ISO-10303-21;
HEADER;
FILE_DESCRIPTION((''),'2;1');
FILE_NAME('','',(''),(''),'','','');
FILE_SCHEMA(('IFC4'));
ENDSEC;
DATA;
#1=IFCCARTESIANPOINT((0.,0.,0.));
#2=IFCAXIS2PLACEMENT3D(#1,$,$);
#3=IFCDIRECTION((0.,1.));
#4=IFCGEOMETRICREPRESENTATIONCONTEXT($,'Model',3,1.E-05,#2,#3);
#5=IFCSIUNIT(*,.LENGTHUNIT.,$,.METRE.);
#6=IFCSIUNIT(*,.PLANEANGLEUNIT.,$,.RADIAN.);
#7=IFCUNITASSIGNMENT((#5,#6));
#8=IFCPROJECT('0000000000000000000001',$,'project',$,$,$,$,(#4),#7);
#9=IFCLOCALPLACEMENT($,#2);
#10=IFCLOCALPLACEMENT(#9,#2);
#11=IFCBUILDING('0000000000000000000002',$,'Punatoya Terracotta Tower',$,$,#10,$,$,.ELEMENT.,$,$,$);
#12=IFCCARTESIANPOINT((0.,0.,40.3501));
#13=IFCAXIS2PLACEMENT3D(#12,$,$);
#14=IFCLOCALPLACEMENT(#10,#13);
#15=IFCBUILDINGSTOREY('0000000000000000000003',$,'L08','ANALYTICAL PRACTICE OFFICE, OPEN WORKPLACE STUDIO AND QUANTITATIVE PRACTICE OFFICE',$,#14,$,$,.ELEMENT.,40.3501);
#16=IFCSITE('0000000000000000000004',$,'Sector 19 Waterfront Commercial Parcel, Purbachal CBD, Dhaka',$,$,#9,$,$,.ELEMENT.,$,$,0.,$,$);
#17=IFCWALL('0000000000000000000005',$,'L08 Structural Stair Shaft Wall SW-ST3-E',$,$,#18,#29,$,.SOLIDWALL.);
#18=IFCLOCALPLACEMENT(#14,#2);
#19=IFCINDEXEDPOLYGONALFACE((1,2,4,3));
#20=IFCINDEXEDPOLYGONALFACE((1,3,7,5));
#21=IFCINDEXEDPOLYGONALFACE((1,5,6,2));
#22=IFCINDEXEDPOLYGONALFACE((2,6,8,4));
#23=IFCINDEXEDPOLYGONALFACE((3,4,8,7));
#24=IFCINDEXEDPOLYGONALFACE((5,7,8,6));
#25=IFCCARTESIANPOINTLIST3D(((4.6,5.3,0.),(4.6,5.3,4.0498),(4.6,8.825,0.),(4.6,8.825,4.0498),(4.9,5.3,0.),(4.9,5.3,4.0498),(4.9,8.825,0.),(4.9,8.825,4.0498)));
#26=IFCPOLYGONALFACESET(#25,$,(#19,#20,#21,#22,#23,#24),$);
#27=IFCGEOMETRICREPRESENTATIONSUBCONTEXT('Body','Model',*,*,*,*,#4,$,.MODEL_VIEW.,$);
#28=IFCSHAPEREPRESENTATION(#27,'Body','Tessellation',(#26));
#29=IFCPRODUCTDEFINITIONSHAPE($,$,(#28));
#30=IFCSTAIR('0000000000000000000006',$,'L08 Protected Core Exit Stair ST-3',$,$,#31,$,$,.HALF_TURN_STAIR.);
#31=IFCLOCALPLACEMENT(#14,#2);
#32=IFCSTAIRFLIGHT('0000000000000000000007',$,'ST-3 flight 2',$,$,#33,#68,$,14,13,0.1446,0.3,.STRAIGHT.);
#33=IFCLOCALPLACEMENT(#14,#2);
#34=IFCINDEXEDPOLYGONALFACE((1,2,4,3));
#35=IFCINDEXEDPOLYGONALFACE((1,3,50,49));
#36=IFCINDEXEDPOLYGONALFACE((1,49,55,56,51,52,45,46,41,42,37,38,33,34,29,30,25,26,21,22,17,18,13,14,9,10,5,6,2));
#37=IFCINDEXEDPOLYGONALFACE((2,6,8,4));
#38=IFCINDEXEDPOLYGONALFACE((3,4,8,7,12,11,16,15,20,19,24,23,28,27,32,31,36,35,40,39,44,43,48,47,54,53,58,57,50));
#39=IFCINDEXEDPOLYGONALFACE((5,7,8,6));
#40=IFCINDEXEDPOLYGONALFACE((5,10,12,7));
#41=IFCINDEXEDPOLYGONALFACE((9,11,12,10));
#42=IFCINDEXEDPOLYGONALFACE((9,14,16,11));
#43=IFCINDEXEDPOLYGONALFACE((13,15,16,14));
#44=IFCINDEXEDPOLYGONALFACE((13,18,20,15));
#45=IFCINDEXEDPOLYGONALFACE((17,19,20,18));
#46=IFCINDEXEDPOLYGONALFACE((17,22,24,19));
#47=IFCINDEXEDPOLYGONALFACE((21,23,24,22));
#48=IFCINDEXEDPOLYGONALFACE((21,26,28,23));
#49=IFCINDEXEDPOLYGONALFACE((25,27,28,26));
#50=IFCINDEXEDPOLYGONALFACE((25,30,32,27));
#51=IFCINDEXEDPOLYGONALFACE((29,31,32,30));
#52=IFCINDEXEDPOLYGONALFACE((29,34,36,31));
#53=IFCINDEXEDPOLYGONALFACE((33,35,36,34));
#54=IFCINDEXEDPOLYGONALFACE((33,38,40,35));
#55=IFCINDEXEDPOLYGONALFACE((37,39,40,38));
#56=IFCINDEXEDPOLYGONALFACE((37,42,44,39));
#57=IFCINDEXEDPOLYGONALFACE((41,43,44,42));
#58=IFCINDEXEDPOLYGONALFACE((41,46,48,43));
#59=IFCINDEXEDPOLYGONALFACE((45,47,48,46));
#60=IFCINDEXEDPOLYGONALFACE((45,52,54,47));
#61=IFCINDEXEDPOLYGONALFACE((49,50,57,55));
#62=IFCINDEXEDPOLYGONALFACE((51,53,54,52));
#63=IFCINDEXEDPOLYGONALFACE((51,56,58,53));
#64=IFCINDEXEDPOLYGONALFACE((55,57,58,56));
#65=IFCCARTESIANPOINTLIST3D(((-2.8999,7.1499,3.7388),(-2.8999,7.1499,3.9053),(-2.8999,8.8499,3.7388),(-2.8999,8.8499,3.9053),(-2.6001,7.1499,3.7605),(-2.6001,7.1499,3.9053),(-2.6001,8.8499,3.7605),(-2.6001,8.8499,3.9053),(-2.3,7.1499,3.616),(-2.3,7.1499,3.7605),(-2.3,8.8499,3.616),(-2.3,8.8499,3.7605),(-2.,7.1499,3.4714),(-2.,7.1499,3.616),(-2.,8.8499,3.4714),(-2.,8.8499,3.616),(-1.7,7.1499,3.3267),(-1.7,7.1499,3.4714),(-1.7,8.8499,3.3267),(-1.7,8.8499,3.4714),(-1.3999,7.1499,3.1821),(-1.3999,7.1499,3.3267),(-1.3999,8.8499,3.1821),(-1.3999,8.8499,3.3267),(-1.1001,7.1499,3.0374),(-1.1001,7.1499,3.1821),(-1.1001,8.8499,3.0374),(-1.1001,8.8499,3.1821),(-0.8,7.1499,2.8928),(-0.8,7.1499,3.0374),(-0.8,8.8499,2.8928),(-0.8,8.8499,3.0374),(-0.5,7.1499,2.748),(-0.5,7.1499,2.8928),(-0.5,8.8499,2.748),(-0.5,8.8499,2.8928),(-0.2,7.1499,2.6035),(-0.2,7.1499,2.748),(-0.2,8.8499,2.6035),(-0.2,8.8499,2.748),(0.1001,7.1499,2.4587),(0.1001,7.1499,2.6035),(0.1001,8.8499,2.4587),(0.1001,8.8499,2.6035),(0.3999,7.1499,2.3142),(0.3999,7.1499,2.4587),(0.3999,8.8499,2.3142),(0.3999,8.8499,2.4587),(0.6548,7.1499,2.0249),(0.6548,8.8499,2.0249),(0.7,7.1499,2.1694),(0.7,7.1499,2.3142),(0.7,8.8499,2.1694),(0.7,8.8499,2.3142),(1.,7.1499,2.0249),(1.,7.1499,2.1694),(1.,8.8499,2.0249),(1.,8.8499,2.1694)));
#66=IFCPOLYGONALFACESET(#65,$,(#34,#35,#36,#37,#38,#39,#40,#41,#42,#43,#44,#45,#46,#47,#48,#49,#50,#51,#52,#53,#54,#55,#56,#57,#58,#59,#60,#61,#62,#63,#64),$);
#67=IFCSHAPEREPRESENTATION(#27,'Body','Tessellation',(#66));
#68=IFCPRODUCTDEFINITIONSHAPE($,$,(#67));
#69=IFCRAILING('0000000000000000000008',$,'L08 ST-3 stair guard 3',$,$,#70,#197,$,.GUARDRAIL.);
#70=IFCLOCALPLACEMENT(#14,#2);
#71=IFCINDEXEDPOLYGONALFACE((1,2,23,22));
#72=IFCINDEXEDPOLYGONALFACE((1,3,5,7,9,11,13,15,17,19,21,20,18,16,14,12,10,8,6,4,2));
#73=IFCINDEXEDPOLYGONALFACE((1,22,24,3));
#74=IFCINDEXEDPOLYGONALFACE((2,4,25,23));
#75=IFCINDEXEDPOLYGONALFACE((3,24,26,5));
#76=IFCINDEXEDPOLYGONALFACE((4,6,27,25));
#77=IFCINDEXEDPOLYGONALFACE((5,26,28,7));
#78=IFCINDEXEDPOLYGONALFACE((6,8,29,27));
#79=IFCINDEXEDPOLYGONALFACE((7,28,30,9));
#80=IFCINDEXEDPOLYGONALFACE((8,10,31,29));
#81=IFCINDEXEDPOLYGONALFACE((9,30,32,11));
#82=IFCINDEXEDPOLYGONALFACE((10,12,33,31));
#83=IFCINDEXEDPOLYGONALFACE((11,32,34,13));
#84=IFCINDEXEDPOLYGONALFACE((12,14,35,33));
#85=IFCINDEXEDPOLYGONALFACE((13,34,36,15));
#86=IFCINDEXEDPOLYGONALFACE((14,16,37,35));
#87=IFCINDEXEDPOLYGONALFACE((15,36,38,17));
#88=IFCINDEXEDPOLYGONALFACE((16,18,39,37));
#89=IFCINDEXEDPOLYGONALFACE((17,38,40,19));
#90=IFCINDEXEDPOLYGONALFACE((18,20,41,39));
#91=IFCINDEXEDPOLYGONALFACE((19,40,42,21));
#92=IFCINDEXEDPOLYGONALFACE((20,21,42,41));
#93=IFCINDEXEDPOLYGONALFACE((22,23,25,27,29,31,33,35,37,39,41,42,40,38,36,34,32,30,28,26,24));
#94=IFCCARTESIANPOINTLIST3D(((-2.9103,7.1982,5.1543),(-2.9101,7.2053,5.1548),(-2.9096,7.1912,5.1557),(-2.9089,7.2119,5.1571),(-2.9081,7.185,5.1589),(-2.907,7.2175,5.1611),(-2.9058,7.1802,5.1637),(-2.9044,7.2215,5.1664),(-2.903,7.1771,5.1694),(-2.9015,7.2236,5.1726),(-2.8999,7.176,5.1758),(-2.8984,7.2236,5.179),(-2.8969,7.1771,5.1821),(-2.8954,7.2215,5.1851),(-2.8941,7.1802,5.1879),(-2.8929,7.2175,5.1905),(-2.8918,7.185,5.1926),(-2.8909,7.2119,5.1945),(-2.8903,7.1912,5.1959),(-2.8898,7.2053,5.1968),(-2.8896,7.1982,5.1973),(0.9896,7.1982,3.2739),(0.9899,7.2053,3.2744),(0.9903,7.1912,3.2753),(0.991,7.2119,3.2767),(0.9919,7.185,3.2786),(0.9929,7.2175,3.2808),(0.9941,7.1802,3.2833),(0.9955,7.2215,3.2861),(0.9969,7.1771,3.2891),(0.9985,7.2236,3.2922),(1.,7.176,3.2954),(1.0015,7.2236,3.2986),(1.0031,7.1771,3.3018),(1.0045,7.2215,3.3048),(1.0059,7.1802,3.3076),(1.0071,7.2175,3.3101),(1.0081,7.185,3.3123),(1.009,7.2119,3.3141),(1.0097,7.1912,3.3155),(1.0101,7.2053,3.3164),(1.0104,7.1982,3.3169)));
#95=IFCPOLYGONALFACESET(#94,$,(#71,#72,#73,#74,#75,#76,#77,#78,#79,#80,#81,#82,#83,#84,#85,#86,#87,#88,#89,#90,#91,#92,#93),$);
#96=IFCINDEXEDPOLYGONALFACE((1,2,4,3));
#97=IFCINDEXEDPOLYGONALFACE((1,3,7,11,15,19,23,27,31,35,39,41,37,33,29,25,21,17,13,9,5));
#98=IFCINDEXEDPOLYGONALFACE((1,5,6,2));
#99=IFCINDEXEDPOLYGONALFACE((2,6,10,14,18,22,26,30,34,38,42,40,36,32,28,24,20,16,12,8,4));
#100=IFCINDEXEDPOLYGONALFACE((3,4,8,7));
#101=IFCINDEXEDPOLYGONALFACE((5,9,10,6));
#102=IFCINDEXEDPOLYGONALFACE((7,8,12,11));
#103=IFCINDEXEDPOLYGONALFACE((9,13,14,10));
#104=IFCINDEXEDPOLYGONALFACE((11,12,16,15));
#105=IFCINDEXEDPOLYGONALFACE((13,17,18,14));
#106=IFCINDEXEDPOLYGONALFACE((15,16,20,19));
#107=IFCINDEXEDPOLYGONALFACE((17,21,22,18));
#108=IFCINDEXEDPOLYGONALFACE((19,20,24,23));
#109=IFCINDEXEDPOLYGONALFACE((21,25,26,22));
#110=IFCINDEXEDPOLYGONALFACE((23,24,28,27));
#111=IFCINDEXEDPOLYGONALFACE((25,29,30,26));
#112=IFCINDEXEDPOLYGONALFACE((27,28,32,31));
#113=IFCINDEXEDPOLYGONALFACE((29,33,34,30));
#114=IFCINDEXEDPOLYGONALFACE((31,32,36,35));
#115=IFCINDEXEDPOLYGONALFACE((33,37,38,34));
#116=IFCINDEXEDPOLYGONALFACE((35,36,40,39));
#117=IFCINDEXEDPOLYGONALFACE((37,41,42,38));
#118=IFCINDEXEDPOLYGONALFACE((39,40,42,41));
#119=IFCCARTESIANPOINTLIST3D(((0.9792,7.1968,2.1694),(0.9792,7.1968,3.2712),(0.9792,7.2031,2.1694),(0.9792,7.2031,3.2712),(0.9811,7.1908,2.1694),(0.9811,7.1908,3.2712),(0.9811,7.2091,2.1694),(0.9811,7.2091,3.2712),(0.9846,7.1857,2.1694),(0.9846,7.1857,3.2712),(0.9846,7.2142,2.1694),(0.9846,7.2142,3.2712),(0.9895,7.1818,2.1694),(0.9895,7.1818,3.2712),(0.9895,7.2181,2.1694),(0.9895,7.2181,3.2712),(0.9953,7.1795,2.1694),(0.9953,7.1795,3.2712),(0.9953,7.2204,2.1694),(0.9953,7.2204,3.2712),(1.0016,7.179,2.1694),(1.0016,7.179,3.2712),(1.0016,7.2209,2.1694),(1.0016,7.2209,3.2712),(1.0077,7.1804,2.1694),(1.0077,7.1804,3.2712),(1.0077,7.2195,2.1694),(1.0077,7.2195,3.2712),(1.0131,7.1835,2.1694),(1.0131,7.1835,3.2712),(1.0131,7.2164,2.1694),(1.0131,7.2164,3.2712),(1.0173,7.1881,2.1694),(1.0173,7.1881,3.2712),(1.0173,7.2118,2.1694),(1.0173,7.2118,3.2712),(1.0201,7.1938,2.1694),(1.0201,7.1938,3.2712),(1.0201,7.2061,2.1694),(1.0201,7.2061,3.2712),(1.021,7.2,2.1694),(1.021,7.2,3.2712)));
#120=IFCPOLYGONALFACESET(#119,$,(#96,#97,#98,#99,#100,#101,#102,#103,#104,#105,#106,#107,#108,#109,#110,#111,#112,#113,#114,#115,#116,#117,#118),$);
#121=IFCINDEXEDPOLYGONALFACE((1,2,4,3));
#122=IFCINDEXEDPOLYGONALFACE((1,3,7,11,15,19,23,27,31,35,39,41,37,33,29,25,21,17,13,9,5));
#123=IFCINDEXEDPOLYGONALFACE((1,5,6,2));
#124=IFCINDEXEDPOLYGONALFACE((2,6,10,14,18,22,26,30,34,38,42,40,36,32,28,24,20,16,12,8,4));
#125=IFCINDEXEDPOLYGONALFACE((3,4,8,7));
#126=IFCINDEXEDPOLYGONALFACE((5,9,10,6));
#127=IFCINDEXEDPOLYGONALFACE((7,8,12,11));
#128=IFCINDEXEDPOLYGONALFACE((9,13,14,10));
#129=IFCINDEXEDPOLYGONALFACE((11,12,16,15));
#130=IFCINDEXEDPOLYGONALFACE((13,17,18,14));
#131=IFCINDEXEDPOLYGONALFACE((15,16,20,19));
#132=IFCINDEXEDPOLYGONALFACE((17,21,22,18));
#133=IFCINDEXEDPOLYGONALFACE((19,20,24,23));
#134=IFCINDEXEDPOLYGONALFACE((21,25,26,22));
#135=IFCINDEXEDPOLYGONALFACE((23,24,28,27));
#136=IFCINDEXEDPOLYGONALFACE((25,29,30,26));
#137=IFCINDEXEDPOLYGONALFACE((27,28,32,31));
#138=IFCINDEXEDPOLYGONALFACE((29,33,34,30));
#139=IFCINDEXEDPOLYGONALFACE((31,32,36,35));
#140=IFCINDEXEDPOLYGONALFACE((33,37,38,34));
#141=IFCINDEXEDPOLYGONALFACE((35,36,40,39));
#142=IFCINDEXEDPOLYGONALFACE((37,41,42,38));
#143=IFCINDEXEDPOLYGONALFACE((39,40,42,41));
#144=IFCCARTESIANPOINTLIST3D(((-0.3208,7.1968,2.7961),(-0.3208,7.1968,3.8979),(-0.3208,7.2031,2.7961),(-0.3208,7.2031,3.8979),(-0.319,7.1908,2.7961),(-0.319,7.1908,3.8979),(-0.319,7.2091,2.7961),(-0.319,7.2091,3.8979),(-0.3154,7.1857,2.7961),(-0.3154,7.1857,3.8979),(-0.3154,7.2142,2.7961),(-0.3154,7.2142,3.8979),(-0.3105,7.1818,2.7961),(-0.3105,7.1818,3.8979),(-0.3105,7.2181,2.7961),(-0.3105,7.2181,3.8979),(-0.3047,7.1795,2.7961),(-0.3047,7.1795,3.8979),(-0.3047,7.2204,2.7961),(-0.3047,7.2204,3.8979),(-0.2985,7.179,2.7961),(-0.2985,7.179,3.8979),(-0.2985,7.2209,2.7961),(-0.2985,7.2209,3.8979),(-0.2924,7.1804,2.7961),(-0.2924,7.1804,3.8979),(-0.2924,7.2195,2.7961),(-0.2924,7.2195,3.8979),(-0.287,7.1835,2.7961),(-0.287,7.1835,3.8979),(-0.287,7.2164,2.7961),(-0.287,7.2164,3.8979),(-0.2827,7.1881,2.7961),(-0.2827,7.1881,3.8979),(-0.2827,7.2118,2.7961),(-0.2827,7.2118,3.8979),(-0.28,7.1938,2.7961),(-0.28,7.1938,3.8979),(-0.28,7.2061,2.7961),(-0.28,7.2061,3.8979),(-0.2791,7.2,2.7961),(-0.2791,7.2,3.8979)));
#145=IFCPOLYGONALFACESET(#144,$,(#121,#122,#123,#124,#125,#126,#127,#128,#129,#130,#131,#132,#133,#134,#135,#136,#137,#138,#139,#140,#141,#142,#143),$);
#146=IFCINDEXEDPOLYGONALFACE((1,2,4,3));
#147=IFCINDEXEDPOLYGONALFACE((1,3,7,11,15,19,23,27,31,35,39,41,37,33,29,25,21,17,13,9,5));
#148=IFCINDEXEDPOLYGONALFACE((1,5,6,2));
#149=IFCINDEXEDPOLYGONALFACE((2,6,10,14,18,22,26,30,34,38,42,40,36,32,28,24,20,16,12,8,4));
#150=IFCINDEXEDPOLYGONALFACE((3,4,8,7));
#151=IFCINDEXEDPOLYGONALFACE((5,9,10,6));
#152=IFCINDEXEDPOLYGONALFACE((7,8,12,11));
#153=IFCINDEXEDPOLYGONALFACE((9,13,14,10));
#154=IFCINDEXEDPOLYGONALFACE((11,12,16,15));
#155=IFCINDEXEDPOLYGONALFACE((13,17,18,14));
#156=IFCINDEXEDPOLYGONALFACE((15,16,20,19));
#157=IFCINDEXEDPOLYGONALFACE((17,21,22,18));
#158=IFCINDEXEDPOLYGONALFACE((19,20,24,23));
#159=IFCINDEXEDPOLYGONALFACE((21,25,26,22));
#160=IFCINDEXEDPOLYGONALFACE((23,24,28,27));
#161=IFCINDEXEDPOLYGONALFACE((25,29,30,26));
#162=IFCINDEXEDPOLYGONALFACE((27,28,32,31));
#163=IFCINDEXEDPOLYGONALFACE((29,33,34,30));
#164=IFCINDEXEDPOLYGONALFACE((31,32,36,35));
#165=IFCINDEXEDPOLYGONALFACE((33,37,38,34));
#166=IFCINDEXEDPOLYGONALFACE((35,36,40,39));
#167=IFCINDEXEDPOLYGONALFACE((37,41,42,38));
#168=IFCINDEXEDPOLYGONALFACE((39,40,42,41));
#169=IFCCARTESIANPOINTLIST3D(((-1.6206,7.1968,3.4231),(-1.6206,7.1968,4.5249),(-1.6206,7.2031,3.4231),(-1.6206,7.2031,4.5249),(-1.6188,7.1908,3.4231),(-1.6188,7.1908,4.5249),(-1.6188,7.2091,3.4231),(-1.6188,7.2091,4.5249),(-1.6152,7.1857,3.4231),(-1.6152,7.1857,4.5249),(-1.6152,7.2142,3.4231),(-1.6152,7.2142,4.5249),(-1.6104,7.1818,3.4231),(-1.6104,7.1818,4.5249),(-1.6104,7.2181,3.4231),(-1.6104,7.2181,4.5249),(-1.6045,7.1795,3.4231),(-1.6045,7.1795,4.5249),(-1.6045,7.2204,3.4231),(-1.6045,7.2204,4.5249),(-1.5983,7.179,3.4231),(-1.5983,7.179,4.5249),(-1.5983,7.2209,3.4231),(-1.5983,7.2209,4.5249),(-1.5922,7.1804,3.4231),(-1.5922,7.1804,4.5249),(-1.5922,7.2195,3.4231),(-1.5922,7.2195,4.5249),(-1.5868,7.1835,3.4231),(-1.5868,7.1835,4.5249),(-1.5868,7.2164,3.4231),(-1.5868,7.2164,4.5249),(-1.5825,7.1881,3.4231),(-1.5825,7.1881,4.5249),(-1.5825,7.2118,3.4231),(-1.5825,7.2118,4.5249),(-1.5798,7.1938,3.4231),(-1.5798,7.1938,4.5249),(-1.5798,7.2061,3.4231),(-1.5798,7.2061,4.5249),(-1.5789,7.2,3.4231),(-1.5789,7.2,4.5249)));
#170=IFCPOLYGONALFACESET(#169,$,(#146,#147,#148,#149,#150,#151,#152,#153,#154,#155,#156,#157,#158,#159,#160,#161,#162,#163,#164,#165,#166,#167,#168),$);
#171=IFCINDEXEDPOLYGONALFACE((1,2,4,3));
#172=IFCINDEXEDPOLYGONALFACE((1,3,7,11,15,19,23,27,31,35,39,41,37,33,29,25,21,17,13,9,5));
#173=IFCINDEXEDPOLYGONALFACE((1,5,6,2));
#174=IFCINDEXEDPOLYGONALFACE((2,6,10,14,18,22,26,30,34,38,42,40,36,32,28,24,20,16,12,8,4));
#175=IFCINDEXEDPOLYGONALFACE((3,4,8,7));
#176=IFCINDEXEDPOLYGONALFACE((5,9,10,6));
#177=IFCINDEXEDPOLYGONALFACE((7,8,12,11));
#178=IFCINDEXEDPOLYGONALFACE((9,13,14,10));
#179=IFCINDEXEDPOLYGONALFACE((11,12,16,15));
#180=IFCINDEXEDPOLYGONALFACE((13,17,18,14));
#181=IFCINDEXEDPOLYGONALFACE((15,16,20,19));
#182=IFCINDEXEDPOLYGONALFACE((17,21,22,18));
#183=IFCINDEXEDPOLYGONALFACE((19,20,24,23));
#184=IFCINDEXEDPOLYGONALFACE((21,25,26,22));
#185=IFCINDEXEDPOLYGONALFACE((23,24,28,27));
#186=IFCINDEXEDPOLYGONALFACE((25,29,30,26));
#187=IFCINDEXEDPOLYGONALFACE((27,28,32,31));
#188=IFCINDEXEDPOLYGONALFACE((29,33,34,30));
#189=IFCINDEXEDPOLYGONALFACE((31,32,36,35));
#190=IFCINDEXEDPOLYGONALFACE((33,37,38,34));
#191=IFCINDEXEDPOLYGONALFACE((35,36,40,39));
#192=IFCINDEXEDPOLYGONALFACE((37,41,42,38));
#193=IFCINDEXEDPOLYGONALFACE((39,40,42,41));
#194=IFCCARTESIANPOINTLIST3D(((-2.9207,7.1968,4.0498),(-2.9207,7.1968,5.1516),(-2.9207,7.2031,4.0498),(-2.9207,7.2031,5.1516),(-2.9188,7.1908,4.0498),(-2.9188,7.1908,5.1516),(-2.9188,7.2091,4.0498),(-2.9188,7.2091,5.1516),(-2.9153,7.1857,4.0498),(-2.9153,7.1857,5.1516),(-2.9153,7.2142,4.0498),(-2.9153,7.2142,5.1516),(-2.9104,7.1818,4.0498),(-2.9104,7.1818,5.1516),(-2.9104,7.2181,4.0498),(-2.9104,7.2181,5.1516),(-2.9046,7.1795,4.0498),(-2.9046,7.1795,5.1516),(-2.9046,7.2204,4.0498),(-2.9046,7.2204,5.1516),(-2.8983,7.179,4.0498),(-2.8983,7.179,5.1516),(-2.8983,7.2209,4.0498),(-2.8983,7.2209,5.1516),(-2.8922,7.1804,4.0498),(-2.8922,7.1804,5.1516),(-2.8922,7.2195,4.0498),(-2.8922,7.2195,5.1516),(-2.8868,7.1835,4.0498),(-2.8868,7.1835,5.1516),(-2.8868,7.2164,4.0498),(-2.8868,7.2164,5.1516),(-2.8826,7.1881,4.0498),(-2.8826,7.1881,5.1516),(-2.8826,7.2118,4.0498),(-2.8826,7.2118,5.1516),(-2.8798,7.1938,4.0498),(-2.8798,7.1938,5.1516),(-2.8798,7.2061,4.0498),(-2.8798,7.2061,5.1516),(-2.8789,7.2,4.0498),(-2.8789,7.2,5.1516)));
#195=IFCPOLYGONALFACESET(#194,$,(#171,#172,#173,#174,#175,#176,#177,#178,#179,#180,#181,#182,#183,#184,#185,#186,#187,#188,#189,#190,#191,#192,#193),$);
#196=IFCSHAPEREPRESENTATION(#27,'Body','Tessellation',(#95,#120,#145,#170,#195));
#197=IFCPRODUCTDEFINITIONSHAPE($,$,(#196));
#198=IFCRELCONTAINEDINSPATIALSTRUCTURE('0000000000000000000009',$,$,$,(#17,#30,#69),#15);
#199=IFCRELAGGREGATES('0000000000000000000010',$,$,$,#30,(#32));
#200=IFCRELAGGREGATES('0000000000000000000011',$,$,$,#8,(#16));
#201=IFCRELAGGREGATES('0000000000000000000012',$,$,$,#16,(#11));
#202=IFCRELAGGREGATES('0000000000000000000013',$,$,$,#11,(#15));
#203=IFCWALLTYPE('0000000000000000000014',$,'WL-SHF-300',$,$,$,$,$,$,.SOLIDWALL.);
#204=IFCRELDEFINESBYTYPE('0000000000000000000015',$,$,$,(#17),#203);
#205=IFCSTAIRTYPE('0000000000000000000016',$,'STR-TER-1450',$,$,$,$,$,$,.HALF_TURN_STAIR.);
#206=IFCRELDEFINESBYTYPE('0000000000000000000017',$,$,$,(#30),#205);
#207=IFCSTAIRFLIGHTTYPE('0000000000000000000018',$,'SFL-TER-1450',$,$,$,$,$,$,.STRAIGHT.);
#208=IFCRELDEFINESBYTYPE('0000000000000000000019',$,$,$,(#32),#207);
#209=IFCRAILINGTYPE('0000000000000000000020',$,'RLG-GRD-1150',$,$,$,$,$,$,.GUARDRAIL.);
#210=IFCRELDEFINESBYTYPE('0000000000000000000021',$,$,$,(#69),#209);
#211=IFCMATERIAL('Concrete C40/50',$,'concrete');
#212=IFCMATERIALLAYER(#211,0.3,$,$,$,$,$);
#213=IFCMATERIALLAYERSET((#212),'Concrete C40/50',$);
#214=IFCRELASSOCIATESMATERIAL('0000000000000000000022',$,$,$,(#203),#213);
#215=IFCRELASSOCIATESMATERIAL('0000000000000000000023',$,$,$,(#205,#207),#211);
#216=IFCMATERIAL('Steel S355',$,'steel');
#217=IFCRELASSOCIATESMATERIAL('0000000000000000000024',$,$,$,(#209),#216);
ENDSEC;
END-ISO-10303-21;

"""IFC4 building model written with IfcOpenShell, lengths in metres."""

from ifc_helpers import new_model, si_unit, direction, frame, frame_2d, origin, origin_2d, place, context, subcontext, project, spatial, polyline, rectangle, circle, outline, extrude, material, layer, layer_set, type_object, element, aggregate, save


model = new_model("IFC4")

# Units and contexts
model_context = context("Model", 3, precision=1e-05, world=origin(), true_north=direction((0.0, 1.0)))
body_context = subcontext(model_context, "Body", "Model", "MODEL_VIEW")
ifc_project = project(units=[si_unit("LENGTHUNIT", "METRE"), si_unit("PLANEANGLEUNIT", "RADIAN")], contexts=[model_context])

# Site, building, storey
site_placement = place(None, origin())
site = spatial("IfcSite", under=ifc_project, at=site_placement, Name="Sector 19 Waterfront Commercial Parcel, Purbachal CBD, Dhaka", CompositionType="ELEMENT", RefElevation=0.0)
building_placement = place(site_placement, origin())
building = spatial("IfcBuilding", under=site, at=building_placement, Name="Punatoya Terracotta Tower", CompositionType="ELEMENT")
storey_placement = place(building_placement, frame((0.0, 0.0, 40.3501)))
storey = spatial("IfcBuildingStorey", under=building, at=storey_placement, Name="L08", Description="ANALYTICAL PRACTICE OFFICE, OPEN WORKPLACE STUDIO AND QUANTITATIVE PRACTICE OFFICE", CompositionType="ELEMENT", Elevation=40.3501)

# Shared definitions
ifc_material_1 = material(Name="Steel S355", Category="steel")

# Wall
ifc_material_2 = material(Name="Concrete C40/50", Category="concrete")
ifc_layer_1 = layer(ifc_material_2, 0.3)
ifc_layer_set_1 = layer_set([ifc_layer_1], Name="Concrete C40/50")
wall_type_1 = type_object("IfcWallType", Name="WL-SHF-300", PredefinedType="SOLIDWALL", material=ifc_layer_set_1)
wall_1_placement = place(storey_placement, frame((4.75, 8.825, 0.0), z_axis=(0.0, 0.0, 1.0), x_axis=(0.0, -1.0, 0.0)))
element("IfcWall", 1, at=wall_1_placement, inside=storey, type_object=wall_type_1, Name="L08 Structural Stair Shaft Wall SW-ST3-E", PredefinedType="SOLIDWALL", context=body_context, shape_type="SweptSolid", body=[
    extrude(rectangle(XDim=3.5249, YDim=0.3, at=frame_2d((1.7625, 0.0))), origin(), (0.0, 0.0, 1.0), 4.0498),
])

# Stair, stair flight
stair_type = type_object("IfcStairType", Name="STR-TER-1450", PredefinedType="HALF_TURN_STAIR", material=ifc_material_2)
stair_placement = place(storey_placement, origin())
stair = element("IfcStair", 2, at=stair_placement, inside=storey, type_object=stair_type, Name="L08 Protected Core Exit Stair ST-3", PredefinedType="HALF_TURN_STAIR")
stair_flight_type = type_object("IfcStairFlightType", Name="SFL-TER-1450", PredefinedType="STRAIGHT", material=ifc_material_2)
stair_flight_placement = place(storey_placement, frame((1.0, 8.0, 2.0249), z_axis=(0.0, 0.0, 1.0), x_axis=(-1.0, 0.0, 0.0)))
stair_flight = element("IfcStairFlight", 3, at=stair_flight_placement, type_object=stair_flight_type, Name="ST-3 flight 2", NumberOfRisers=14, NumberOfTreads=13, PredefinedType="STRAIGHT", RiserHeight=0.1446, TreadLength=0.3, context=body_context, shape_type="SweptSolid", body=[
    extrude(outline(polyline([(0.0, 0.0), (0.0, 0.1445), (0.3, 0.1445), (0.3, 0.2893), (0.6001, 0.2893), (0.6001, 0.4338), (0.8999, 0.4338), (0.8999, 0.5786), (1.2, 0.5786), (1.2, 0.7231), (1.5, 0.7231), (1.5, 0.8679), (1.8, 0.8679), (1.8, 1.0125), (2.1001, 1.0125), (2.1001, 1.1572), (2.3999, 1.1572), (2.3999, 1.3018), (2.7, 1.3018), (2.7, 1.4465), (3.0, 1.4465), (3.0, 1.5911), (3.3, 1.5911), (3.3, 1.7356), (3.6001, 1.7356), (3.6001, 1.8804), (3.8999, 1.8804), (3.8999, 2.0249), (3.8999, 1.7139), (0.3452, 0.0), (0.0, 0.0)])), frame((0.0, 0.8501, 0.0), z_axis=(0.0, -1.0, 0.0), x_axis=(1.0, 0.0, 0.0)), (0.0, 0.0, 1.0), 1.7),
])
aggregate(stair, [stair_flight])

# Railing
railing_type_1 = type_object("IfcRailingType", Name="RLG-GRD-1150", PredefinedType="GUARDRAIL", material=ifc_material_1)
railing_1_placement = place(storey_placement, frame((1.0, 7.2, 2.1694)))
element("IfcRailing", 4, at=railing_1_placement, inside=storey, type_object=railing_type_1, Name="L08 ST-3 stair guard 3", PredefinedType="GUARDRAIL", context=body_context, shape_type="SweptSolid", body=[
    extrude(circle(Radius=0.0239, at=origin_2d()), frame((0.0, 0.0, 1.126), z_axis=(-0.900763, 0.0, 0.434311), x_axis=(0.0, -1.0, 0.0)), (0.0, 0.0, 1.0), 4.3296),
    extrude(circle(Radius=0.021, at=origin_2d()), origin(), (0.0, 0.0, 1.0), 1.1018),
    extrude(circle(Radius=0.021, at=origin_2d()), frame((-1.3, 0.0, 0.6267)), (0.0, 0.0, 1.0), 1.1018),
    extrude(circle(Radius=0.021, at=origin_2d()), frame((-2.5999, 0.0, 1.2537)), (0.0, 0.0, 1.0), 1.1018),
    extrude(circle(Radius=0.021, at=origin_2d()), frame((-3.8999, 0.0, 1.8804)), (0.0, 0.0, 1.0), 1.1018),
])

save(model, "model.ifc")
